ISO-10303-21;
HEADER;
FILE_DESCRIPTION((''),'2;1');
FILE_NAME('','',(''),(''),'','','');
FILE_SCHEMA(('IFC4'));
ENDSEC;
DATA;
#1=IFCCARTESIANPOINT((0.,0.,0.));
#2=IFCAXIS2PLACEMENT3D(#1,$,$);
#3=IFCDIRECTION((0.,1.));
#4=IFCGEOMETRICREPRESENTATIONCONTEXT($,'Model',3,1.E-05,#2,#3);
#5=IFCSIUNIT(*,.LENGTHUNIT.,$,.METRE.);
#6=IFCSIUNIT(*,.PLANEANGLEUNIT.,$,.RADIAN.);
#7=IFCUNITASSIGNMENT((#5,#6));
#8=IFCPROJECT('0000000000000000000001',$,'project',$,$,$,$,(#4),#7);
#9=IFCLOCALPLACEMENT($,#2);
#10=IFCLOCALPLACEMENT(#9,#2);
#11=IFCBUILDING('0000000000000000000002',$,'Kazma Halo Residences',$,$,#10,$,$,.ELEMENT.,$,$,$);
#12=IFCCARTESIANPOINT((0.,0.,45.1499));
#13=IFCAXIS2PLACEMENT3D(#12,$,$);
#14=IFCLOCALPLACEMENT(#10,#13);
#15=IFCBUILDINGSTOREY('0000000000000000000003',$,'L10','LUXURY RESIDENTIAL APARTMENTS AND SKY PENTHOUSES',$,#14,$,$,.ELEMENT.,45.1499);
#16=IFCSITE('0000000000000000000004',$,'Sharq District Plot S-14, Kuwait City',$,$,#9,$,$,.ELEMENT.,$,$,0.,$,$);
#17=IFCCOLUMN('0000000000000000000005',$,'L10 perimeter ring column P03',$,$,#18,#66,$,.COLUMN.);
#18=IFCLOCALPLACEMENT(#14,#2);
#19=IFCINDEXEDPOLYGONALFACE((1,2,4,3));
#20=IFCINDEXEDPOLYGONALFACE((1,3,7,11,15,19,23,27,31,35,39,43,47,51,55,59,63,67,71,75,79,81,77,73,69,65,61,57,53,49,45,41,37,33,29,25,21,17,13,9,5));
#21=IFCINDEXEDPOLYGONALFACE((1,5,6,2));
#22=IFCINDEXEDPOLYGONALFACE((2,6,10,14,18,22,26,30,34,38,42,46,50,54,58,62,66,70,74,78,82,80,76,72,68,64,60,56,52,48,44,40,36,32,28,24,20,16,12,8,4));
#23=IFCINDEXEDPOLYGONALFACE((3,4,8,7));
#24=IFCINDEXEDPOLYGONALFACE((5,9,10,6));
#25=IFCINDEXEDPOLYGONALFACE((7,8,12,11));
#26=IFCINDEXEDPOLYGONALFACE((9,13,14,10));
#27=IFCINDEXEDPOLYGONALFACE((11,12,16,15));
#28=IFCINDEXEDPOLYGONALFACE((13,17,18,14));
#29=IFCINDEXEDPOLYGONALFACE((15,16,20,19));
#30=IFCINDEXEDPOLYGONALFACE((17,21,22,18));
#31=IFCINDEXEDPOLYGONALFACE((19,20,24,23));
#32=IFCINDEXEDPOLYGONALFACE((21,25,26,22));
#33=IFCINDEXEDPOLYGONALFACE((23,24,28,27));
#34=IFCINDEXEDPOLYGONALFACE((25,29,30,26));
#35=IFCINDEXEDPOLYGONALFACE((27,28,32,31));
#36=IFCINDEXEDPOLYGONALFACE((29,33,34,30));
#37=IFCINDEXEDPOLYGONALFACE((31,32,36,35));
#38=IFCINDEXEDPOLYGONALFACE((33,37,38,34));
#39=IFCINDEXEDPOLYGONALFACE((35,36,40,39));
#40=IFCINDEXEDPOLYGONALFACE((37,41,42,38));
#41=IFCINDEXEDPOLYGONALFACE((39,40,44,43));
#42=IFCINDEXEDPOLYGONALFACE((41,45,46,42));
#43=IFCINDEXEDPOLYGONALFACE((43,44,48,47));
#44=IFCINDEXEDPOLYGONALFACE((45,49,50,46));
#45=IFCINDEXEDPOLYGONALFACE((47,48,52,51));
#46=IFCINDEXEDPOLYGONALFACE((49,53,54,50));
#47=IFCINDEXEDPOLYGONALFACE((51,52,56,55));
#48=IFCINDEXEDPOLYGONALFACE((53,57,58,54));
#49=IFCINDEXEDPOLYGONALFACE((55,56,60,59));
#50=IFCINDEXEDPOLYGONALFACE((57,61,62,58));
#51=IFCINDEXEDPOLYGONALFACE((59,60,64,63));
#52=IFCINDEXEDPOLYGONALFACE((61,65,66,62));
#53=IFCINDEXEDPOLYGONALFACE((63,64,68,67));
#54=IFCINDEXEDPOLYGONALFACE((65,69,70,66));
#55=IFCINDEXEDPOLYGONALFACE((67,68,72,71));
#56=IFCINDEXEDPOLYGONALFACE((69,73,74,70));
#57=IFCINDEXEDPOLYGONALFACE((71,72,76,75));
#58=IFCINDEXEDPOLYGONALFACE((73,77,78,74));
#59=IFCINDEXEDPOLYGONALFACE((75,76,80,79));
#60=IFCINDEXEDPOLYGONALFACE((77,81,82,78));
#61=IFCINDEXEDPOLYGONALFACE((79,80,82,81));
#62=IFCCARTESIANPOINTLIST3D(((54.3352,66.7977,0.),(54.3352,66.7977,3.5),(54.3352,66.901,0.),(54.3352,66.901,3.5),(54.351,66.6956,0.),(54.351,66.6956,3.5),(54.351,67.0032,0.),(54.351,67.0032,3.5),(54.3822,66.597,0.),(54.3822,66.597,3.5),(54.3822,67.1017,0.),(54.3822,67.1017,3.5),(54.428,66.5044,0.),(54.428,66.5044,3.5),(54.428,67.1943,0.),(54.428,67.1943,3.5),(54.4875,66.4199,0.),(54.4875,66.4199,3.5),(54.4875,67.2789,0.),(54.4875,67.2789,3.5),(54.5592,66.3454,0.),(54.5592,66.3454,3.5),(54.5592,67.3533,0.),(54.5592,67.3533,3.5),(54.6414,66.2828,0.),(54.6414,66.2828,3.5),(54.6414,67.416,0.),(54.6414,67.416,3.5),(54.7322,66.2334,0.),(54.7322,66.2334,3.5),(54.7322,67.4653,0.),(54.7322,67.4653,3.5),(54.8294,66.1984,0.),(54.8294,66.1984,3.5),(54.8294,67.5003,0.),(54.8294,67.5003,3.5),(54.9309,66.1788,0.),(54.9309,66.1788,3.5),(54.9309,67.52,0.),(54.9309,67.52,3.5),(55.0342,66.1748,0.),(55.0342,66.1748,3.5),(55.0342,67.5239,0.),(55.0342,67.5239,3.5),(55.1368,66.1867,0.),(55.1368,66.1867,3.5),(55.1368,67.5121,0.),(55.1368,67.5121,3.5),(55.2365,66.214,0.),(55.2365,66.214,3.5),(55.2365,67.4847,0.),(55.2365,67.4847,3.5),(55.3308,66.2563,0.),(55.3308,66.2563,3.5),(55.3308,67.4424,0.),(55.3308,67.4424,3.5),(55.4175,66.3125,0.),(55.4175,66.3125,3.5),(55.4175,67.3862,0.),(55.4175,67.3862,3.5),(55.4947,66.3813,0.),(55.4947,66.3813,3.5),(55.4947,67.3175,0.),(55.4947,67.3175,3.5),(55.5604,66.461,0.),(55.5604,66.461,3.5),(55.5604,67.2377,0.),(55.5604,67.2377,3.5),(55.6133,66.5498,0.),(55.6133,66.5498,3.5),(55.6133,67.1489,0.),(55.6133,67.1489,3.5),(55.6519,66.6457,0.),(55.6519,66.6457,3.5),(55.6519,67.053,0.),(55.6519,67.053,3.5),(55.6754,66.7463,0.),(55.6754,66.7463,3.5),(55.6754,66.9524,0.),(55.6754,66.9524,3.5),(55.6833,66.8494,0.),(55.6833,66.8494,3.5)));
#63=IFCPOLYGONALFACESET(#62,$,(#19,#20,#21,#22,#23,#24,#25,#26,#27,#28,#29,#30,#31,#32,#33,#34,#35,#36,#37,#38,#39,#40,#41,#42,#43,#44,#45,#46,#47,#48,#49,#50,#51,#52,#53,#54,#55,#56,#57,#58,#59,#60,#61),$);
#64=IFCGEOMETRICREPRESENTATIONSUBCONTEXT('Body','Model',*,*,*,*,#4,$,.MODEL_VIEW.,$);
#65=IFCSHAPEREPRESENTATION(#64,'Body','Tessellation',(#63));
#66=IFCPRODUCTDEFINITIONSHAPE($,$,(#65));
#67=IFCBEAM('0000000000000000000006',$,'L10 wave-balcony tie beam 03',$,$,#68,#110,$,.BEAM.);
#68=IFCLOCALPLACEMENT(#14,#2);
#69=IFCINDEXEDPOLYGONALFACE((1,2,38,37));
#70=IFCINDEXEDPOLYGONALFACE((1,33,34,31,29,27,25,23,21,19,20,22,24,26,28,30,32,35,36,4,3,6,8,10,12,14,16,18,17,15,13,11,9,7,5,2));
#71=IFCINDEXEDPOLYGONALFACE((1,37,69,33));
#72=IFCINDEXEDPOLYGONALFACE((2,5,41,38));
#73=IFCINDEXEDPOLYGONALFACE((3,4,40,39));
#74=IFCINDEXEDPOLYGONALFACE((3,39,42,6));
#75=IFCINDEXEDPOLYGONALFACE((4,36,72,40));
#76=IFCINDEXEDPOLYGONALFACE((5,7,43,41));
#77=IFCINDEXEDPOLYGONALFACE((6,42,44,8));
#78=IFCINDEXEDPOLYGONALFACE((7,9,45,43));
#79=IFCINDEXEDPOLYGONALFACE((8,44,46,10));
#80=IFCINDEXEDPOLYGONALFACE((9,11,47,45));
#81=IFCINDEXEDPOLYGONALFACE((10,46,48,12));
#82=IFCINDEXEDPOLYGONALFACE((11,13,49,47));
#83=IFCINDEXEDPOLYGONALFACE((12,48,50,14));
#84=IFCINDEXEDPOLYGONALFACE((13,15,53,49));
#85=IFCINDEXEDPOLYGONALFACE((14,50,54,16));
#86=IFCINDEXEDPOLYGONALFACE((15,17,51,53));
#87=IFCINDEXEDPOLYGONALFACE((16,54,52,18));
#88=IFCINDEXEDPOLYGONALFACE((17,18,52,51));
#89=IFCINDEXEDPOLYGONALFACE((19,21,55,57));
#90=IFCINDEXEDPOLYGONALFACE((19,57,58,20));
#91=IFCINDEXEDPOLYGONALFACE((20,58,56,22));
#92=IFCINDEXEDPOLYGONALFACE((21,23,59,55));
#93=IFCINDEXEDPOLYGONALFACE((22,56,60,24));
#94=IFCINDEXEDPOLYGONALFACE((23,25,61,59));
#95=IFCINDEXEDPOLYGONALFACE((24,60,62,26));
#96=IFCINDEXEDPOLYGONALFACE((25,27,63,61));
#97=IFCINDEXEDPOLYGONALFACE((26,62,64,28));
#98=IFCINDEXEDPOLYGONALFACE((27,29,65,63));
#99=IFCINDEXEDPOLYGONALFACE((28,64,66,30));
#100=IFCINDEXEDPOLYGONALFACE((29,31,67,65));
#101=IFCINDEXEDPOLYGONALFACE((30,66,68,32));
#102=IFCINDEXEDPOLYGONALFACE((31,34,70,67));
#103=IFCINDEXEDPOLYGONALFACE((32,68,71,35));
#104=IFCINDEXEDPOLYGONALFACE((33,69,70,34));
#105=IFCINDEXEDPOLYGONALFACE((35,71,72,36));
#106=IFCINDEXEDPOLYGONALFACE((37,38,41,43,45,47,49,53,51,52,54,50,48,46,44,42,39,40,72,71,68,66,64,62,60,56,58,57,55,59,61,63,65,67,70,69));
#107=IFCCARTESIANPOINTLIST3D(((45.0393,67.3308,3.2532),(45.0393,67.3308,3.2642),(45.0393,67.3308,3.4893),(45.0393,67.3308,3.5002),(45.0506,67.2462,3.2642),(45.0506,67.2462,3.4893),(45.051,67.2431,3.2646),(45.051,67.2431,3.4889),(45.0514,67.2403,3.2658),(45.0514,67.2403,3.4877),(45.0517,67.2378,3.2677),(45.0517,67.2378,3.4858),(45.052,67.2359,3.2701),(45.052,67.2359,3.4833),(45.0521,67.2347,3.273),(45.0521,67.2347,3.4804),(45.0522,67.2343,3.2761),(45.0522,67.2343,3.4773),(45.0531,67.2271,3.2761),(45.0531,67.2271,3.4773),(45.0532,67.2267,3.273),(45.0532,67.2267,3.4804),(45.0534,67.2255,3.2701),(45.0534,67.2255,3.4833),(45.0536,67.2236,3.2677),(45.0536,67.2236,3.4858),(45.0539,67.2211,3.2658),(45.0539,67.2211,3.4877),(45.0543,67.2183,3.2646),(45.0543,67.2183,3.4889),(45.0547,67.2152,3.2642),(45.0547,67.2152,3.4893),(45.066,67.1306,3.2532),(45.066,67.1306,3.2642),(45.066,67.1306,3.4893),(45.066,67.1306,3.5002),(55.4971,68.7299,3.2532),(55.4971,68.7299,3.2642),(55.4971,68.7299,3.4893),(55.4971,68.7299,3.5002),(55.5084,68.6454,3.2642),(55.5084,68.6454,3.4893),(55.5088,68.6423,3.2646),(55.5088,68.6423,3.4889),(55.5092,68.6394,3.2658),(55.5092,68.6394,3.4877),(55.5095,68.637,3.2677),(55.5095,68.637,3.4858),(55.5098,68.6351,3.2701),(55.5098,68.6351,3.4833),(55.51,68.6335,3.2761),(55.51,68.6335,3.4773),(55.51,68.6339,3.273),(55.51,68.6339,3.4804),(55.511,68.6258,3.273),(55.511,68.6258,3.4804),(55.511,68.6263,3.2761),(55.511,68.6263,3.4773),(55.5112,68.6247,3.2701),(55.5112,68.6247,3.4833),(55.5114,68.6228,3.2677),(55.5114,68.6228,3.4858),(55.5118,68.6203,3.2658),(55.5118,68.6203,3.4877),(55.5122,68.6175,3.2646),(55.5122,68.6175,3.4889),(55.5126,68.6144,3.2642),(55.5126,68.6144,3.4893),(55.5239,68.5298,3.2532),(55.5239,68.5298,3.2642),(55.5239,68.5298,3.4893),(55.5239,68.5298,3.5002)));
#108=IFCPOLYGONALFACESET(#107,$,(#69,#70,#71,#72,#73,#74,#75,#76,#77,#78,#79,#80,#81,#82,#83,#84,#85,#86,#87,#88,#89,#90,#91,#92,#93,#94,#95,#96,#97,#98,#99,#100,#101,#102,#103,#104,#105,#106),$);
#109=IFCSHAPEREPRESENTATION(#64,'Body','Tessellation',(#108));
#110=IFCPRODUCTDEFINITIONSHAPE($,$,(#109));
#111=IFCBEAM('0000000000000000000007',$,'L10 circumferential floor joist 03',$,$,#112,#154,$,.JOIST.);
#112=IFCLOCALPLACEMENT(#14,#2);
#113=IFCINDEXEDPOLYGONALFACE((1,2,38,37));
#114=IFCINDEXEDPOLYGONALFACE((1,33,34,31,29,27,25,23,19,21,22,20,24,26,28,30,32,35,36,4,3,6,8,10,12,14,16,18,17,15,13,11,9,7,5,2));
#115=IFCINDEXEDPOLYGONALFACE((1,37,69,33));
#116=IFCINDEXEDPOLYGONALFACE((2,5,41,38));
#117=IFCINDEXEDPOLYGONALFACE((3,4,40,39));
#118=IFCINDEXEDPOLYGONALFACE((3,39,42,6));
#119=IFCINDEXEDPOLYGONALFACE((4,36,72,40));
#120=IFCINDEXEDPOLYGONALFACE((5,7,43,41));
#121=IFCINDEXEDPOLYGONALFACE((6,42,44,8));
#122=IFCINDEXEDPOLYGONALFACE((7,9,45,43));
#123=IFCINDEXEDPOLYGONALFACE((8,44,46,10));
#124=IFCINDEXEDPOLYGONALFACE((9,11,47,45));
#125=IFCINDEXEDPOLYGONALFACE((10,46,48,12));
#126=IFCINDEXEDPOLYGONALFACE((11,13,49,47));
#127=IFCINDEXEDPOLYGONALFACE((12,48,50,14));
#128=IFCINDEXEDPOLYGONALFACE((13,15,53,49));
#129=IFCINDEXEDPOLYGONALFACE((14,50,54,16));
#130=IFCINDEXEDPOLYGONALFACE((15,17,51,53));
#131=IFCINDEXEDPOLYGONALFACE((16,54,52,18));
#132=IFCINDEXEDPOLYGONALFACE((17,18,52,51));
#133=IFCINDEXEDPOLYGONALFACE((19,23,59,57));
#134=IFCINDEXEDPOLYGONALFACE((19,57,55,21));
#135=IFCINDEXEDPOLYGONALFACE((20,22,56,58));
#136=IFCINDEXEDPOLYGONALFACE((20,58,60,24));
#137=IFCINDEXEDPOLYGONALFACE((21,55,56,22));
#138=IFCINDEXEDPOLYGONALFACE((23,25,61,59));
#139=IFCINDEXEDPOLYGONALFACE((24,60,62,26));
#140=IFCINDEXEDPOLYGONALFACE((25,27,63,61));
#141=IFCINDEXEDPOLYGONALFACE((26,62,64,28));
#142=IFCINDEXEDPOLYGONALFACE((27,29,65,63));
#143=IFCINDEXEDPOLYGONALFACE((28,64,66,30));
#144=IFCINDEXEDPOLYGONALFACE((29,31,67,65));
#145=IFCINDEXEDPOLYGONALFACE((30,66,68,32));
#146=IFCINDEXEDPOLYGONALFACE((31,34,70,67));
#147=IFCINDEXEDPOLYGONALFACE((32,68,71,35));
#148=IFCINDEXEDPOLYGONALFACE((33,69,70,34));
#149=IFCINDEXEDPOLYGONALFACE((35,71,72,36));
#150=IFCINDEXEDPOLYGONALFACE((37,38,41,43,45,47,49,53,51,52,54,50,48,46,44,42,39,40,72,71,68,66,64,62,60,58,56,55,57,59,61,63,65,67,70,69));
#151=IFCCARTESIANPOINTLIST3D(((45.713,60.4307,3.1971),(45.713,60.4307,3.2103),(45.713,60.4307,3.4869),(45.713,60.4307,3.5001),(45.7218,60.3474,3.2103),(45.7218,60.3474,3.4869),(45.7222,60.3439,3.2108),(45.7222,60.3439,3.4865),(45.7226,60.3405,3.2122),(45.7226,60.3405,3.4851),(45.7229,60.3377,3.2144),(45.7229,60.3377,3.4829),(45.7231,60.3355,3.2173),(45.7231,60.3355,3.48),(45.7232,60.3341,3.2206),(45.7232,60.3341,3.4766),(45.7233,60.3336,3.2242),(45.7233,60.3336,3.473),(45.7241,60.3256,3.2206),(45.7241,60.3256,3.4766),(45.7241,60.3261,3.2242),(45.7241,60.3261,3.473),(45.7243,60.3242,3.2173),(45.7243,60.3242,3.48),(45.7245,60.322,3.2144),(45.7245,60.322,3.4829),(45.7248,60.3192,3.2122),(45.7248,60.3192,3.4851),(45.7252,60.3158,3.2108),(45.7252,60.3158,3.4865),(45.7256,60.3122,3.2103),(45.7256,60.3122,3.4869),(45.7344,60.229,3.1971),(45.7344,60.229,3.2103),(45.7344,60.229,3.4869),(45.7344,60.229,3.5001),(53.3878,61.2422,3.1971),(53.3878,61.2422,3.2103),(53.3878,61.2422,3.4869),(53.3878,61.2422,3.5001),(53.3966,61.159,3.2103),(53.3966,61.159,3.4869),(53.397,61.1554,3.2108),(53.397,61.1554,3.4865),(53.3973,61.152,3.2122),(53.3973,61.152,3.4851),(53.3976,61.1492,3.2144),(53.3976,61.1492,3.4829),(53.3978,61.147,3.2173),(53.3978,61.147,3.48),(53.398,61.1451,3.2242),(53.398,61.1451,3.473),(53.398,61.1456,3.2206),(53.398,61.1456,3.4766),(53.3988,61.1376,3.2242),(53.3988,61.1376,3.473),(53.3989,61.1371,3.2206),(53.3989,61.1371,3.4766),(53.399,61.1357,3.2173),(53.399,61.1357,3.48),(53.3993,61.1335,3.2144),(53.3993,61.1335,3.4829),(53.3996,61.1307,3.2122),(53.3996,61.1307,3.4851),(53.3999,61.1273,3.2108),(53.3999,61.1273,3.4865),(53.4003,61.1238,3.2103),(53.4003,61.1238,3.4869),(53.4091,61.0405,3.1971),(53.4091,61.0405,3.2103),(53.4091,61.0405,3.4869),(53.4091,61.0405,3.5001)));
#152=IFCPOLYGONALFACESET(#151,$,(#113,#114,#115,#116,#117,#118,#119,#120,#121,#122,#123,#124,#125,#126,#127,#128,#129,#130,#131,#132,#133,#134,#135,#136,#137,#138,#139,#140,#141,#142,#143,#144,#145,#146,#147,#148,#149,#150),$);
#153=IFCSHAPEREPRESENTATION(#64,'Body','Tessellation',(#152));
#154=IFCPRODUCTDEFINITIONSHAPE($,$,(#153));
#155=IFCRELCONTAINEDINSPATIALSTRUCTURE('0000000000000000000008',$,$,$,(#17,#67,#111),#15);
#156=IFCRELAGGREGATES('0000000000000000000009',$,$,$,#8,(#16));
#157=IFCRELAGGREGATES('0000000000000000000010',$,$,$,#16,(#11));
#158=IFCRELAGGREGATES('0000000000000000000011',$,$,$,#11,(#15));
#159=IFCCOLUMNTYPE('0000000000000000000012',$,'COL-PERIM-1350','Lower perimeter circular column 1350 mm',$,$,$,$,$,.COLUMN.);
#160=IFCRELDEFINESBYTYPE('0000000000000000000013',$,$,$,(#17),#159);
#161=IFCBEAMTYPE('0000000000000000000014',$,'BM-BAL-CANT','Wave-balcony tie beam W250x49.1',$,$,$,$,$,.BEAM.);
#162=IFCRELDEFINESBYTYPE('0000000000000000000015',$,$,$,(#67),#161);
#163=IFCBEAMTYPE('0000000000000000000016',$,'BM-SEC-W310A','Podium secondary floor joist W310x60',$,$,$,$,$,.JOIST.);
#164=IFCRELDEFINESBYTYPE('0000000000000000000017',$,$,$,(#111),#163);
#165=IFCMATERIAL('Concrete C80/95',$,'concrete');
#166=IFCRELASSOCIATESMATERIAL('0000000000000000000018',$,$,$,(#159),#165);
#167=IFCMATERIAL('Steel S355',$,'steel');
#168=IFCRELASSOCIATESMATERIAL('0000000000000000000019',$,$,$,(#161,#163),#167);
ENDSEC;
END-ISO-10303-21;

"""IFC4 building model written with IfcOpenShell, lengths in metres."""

from ifc_helpers import new_model, si_unit, direction, frame, origin, origin_2d, place, context, subcontext, project, spatial, circle, i_section, extrude, material, material_profile, profile_set, type_object, element, save


model = new_model("IFC4")

# Units and contexts
model_context = context("Model", 3, precision=1e-05, world=origin(), true_north=direction((0.0, 1.0)))
body_context = subcontext(model_context, "Body", "Model", "MODEL_VIEW")
ifc_project = project(units=[si_unit("LENGTHUNIT", "METRE"), si_unit("PLANEANGLEUNIT", "RADIAN")], contexts=[model_context])

# Site, building, storey
site_placement = place(None, origin())
site = spatial("IfcSite", under=ifc_project, at=site_placement, Name="Sharq District Plot S-14, Kuwait City", CompositionType="ELEMENT", RefElevation=0.0)
building_placement = place(site_placement, origin())
building = spatial("IfcBuilding", under=site, at=building_placement, Name="Kazma Halo Residences", CompositionType="ELEMENT")
storey_placement = place(building_placement, frame((0.0, 0.0, 45.1499)))
storey = spatial("IfcBuildingStorey", under=building, at=storey_placement, Name="L10", Description="LUXURY RESIDENTIAL APARTMENTS AND SKY PENTHOUSES", CompositionType="ELEMENT", Elevation=45.1499)

# Column
ifc_material_1 = material(Name="Concrete C80/95", Category="concrete")
ifc_material_profile_1 = material_profile(ifc_material_1, circle(Radius=0.675, at=origin_2d()), Name="CIRC1350")
ifc_profile_set_1 = profile_set([ifc_material_profile_1], Name="Concrete C80/95")
column_type = type_object("IfcColumnType", Name="COL-PERIM-1350", Description="Lower perimeter circular column 1350 mm", PredefinedType="COLUMN", material=ifc_profile_set_1)
column_placement = place(storey_placement, frame((55.0083, 66.8494, 0.0), z_axis=(0.0, 0.0, 1.0), x_axis=(1.0, 0.0, 0.0)))
element("IfcColumn", 1, at=column_placement, inside=storey, type_object=column_type, Name="L10 perimeter ring column P03", PredefinedType="COLUMN", context=body_context, shape_type="SweptSolid", body=[
    extrude(circle(Radius=0.675, at=origin_2d()), origin(), (0.0, 0.0, 1.0), 3.5),
])

# Beams
ifc_material_2 = material(Name="Steel S355", Category="steel")
ifc_material_profile_2 = material_profile(ifc_material_2, i_section(OverallWidth=0.2019, OverallDepth=0.2471, WebThickness=0.0073, FlangeThickness=0.011, FilletRadius=0.012, at=origin_2d()), Name="W250x49.1")
ifc_profile_set_2 = profile_set([ifc_material_profile_2], Name="Steel S355")
beam_type_1 = type_object("IfcBeamType", Name="BM-BAL-CANT", Description="Wave-balcony tie beam W250x49.1", PredefinedType="BEAM", material=ifc_profile_set_2)
beam_1_placement = place(storey_placement, frame((55.5105, 68.6299, 3.3767), z_axis=(-0.991168, -0.132611, 0.0), x_axis=(0.132611, -0.991168, 0.0)))
element("IfcBeam", 2, at=beam_1_placement, inside=storey, type_object=beam_type_1, Name="L10 wave-balcony tie beam 03", PredefinedType="BEAM", context=body_context, shape_type="SweptSolid", body=[
    extrude(i_section(OverallWidth=0.2019, OverallDepth=0.2471, WebThickness=0.0073, FlangeThickness=0.011, FilletRadius=0.012, at=origin_2d()), origin(), (0.0, 0.0, 1.0), 10.551),
])
ifc_material_profile_3 = material_profile(ifc_material_2, i_section(OverallWidth=0.2029, OverallDepth=0.303, WebThickness=0.0076, FlangeThickness=0.0132, FilletRadius=0.0139, at=origin_2d()), Name="W310x60")
ifc_profile_set_3 = profile_set([ifc_material_profile_3], Name="Steel S355")
beam_type_2 = type_object("IfcBeamType", Name="BM-SEC-W310A", Description="Podium secondary floor joist W310x60", PredefinedType="JOIST", material=ifc_profile_set_3)
beam_2_placement = place(storey_placement, frame((53.3984, 61.1414, 3.3486), z_axis=(-0.994456, -0.105152, 0.0), x_axis=(0.105152, -0.994456, 0.0)))
element("IfcBeam", 3, at=beam_2_placement, inside=storey, type_object=beam_type_2, Name="L10 circumferential floor joist 03", PredefinedType="JOIST", context=body_context, shape_type="SweptSolid", body=[
    extrude(i_section(OverallWidth=0.2029, OverallDepth=0.303, WebThickness=0.0076, FlangeThickness=0.0132, FilletRadius=0.0139, at=origin_2d()), origin(), (0.0, 0.0, 1.0), 7.7175),
])

save(model, "model.ifc")
